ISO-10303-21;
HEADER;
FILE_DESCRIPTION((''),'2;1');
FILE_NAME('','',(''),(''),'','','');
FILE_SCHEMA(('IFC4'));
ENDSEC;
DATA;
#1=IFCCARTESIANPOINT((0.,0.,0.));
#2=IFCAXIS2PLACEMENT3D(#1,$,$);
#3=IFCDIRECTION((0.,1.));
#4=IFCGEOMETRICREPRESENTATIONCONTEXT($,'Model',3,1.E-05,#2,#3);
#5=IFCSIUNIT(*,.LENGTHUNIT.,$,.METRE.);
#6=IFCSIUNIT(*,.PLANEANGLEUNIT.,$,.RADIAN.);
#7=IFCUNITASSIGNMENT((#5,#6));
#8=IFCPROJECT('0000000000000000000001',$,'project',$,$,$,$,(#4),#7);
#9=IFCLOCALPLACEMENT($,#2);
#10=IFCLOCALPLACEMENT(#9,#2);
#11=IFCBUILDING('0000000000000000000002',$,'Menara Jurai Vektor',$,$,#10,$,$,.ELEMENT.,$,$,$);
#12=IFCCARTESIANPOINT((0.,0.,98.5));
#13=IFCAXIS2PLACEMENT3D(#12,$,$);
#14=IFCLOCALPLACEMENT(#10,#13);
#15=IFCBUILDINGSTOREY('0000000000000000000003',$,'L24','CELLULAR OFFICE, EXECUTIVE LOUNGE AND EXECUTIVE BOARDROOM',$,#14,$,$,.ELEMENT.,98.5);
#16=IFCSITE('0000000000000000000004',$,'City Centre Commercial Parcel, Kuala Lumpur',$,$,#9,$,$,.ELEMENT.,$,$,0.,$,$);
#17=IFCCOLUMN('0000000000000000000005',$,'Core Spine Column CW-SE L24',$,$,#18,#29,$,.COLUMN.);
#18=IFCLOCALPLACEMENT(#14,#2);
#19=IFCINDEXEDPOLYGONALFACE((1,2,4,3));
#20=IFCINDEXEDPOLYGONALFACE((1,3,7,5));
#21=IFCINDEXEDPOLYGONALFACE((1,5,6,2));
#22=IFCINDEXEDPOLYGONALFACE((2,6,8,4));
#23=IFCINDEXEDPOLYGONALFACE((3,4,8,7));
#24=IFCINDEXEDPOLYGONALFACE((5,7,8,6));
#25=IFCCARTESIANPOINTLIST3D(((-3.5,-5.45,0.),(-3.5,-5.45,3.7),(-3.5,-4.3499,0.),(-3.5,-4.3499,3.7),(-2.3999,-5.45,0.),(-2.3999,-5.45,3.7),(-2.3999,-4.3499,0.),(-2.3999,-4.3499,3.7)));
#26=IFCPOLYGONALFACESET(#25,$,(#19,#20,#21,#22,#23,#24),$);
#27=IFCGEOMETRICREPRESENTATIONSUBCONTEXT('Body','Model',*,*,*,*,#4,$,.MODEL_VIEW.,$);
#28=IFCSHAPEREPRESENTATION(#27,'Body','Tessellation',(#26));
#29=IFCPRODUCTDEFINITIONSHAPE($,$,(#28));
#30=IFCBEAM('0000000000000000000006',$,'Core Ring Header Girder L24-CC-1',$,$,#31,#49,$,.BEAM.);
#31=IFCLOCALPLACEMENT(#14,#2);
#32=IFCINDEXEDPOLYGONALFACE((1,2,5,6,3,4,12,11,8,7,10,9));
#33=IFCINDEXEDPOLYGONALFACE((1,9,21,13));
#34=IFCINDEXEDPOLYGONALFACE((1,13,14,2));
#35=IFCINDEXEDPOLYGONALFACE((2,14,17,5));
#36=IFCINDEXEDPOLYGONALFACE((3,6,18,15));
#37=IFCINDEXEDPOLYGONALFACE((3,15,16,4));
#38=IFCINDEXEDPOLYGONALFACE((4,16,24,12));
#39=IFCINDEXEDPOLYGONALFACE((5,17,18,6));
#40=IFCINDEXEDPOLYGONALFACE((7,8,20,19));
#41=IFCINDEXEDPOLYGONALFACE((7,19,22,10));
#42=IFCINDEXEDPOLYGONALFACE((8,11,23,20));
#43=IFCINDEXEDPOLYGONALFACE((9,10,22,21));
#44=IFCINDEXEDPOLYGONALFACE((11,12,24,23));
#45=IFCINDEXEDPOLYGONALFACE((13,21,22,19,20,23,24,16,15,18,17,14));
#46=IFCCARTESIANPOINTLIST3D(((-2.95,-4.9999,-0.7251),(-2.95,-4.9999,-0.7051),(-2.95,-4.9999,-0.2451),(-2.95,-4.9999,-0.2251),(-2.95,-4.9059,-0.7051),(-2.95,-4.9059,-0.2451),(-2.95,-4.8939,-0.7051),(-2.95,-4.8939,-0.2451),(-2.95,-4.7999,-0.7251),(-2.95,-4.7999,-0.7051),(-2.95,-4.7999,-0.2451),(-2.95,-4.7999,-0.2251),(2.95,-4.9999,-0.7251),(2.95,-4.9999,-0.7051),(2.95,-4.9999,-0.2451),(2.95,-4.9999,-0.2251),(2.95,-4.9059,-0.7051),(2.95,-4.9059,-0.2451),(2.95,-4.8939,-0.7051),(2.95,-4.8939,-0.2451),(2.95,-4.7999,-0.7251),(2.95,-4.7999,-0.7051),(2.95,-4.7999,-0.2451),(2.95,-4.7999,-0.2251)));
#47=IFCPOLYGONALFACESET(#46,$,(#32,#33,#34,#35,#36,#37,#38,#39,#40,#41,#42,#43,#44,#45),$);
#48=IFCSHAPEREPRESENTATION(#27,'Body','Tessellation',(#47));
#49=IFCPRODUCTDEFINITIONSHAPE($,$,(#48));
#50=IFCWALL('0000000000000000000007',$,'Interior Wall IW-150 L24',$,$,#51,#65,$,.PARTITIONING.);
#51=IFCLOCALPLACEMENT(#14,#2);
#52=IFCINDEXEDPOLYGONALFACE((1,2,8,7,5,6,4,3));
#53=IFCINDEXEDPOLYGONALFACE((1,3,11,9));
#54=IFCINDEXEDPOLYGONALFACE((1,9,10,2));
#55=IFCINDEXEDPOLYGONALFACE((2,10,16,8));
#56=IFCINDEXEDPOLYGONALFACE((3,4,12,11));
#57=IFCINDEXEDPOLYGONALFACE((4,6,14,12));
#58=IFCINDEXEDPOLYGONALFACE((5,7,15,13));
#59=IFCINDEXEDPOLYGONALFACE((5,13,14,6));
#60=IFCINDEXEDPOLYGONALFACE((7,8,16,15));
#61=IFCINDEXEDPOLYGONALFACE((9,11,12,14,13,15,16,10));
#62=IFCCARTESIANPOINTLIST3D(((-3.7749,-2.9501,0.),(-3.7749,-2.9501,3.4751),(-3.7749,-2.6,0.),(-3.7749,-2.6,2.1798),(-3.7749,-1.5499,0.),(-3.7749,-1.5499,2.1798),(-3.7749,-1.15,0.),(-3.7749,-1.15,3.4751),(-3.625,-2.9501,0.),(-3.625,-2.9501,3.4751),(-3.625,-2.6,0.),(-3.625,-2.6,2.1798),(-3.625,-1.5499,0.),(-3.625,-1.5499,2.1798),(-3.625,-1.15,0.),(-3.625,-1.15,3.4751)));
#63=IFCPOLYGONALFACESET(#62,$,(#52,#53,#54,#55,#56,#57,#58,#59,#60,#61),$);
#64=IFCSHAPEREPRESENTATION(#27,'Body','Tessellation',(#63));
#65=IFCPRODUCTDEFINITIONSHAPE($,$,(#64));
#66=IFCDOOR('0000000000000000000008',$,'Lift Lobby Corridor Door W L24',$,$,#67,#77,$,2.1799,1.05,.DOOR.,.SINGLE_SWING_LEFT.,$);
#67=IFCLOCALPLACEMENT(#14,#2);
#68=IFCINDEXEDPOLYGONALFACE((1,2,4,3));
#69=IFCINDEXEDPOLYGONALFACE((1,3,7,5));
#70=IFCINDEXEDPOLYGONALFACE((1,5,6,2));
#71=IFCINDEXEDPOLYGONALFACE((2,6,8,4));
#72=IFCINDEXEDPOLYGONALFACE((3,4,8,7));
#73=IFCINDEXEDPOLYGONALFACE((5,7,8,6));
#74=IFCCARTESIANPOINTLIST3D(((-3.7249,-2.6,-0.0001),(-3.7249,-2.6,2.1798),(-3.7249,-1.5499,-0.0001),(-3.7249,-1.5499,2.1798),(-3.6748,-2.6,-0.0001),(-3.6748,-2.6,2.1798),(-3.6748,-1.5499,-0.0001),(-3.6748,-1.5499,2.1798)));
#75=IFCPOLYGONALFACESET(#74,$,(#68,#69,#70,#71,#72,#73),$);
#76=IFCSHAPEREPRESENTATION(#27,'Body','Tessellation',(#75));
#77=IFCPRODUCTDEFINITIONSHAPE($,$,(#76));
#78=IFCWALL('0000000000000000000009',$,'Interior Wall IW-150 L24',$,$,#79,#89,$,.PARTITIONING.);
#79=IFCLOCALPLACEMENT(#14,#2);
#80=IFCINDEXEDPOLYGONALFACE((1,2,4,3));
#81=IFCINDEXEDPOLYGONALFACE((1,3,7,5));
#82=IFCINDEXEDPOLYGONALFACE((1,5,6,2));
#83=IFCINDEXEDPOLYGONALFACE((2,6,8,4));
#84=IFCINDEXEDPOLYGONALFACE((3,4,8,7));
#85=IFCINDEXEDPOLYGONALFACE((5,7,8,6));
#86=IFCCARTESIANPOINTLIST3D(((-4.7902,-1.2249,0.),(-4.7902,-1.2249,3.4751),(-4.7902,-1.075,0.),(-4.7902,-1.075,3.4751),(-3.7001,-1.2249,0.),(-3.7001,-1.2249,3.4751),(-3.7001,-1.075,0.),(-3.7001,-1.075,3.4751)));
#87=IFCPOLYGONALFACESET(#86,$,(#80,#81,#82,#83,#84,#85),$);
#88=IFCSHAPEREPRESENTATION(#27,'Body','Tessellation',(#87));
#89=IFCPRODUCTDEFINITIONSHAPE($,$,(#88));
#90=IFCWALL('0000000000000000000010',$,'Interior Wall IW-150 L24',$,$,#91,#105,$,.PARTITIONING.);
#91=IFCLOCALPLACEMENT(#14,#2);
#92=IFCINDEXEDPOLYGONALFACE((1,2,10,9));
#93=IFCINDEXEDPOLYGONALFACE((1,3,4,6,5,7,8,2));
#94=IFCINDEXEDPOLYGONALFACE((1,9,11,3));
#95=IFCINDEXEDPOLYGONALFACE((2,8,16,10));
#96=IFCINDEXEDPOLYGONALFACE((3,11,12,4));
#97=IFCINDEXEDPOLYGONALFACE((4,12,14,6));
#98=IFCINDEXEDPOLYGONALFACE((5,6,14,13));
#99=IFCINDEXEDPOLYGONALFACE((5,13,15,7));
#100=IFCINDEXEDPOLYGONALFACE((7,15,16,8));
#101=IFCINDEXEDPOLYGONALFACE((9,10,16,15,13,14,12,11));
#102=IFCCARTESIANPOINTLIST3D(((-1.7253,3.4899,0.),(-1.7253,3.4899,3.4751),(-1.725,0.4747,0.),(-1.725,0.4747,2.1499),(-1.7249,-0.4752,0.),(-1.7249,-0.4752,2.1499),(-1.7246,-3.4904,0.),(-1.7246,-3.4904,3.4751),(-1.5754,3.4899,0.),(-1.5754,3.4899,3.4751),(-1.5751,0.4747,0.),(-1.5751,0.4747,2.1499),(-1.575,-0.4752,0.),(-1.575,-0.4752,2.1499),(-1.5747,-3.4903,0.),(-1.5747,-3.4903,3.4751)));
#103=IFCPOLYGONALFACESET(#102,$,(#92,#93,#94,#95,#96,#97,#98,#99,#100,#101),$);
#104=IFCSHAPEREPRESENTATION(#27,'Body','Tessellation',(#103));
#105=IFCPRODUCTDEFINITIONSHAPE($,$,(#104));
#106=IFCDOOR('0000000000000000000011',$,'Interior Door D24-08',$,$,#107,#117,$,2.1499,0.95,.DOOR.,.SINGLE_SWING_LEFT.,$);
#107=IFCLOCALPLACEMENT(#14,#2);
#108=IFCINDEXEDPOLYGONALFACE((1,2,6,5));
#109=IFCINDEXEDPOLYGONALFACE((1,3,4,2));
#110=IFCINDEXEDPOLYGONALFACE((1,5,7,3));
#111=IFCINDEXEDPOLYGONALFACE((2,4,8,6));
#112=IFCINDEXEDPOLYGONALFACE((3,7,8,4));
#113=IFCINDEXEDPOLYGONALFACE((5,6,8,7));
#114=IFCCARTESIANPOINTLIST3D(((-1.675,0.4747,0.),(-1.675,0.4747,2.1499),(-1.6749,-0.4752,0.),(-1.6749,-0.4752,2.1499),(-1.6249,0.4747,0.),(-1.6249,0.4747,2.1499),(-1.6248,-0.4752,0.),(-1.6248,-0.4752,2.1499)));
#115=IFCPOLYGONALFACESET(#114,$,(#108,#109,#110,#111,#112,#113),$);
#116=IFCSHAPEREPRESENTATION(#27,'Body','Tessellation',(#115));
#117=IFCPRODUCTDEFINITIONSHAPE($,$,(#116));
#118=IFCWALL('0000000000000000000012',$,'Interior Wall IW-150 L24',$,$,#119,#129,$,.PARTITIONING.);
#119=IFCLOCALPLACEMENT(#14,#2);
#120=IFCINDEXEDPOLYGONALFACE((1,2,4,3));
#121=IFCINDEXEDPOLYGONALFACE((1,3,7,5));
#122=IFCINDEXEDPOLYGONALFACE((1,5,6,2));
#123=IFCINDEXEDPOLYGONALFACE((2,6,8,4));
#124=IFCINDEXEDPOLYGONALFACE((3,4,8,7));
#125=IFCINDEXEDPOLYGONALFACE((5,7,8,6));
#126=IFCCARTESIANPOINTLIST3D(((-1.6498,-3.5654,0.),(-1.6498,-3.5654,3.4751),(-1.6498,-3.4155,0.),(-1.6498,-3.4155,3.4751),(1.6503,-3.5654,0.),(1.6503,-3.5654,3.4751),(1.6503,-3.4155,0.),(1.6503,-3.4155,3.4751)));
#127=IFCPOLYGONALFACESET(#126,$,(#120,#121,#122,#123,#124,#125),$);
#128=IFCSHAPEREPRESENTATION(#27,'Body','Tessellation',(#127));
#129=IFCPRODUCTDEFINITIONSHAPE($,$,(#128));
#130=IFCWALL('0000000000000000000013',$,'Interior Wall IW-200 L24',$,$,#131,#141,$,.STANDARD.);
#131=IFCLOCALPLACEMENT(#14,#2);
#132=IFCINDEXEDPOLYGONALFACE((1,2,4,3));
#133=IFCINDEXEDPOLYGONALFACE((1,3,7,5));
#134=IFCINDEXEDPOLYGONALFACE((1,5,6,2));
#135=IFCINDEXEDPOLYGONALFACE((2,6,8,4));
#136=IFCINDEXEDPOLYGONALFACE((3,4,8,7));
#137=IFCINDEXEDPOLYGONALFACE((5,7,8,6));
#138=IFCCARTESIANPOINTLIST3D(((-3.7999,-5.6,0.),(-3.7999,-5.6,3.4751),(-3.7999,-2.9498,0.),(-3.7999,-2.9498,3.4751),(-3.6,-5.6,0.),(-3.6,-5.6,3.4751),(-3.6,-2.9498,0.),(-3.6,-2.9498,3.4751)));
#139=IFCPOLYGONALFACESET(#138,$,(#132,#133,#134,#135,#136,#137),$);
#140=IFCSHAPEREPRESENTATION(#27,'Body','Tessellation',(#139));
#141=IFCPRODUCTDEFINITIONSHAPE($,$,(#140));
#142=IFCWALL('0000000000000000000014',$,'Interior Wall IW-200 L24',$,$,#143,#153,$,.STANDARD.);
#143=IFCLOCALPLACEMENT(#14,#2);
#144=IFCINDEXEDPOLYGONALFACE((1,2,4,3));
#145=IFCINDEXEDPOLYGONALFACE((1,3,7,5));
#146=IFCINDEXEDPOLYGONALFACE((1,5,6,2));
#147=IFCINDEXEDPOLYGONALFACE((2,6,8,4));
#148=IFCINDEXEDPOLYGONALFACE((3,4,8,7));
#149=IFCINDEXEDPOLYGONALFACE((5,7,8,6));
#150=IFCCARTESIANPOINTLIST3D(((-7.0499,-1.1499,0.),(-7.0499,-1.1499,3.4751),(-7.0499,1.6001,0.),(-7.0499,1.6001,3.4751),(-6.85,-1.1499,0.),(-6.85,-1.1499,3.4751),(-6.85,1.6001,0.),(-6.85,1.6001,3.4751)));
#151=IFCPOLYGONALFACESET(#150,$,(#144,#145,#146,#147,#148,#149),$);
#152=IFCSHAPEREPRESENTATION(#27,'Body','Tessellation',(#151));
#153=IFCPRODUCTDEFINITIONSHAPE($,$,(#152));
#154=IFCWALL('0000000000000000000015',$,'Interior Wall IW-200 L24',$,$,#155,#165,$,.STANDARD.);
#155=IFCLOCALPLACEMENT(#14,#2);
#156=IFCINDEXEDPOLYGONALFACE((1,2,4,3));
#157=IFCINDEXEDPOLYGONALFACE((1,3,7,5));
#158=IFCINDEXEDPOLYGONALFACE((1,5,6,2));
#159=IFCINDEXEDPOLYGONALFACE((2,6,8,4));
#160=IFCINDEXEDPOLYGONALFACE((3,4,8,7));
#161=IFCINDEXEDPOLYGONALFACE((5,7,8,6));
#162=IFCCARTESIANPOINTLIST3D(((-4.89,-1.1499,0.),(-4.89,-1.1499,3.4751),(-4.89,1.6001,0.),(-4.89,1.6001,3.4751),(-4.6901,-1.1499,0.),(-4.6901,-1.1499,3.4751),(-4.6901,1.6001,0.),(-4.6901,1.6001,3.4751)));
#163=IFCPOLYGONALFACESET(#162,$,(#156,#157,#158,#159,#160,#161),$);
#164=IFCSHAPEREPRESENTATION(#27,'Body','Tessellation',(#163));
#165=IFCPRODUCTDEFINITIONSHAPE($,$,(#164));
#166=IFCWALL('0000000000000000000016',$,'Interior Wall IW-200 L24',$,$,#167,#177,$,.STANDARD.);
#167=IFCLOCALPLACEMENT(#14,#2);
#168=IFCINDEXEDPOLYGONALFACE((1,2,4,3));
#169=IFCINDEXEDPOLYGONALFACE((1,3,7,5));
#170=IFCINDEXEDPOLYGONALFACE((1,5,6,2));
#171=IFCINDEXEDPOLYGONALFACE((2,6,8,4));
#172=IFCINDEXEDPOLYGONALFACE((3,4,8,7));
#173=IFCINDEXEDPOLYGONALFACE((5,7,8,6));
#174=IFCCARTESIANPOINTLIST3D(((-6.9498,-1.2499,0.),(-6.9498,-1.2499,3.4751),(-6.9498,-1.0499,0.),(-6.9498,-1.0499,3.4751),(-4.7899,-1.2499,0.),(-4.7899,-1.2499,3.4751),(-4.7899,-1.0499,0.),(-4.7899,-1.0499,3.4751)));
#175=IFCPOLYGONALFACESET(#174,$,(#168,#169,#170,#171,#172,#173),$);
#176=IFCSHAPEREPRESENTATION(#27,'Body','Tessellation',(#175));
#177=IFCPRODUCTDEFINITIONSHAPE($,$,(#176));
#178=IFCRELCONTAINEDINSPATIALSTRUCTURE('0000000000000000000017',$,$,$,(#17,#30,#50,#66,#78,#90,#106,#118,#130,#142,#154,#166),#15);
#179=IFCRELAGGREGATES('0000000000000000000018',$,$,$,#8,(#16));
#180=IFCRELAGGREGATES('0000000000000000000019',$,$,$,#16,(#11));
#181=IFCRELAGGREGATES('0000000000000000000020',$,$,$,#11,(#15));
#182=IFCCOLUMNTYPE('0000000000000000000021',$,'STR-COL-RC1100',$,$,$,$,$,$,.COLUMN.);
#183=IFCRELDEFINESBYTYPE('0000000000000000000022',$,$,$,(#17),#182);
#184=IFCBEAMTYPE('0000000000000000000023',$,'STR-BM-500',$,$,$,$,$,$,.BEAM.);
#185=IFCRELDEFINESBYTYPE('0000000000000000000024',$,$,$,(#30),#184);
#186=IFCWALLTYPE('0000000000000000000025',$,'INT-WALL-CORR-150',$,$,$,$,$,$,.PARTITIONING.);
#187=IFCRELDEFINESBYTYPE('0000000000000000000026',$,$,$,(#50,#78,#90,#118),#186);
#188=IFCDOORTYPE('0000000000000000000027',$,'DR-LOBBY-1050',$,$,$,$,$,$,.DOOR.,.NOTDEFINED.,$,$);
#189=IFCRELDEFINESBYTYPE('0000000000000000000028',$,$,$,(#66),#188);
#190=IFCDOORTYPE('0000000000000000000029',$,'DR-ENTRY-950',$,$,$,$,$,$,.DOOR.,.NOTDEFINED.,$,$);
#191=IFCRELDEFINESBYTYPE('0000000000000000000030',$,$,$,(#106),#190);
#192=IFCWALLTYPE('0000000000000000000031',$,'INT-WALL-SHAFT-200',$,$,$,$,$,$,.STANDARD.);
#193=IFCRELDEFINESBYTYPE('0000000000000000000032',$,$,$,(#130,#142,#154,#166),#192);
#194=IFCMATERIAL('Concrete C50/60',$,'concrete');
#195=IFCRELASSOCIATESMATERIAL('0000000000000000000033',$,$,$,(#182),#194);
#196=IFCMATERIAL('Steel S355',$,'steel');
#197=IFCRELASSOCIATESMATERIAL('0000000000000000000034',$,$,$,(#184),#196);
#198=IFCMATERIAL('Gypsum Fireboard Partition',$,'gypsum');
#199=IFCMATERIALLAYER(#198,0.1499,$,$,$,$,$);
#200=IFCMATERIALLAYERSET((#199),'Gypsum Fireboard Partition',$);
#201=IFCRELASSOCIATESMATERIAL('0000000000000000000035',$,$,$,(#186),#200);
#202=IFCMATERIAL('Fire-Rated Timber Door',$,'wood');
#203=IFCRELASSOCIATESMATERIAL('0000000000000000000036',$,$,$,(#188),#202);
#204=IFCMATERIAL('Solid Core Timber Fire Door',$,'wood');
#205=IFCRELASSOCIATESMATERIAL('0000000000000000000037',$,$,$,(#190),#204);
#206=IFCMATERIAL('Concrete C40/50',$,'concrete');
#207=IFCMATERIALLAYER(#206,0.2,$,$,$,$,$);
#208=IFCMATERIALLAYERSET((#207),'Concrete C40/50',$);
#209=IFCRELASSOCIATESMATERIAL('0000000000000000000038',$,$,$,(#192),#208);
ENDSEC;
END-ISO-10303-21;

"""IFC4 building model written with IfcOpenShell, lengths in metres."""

from ifc_helpers import new_model, si_unit, direction, frame, frame_2d, origin, origin_2d, place, context, subcontext, project, spatial, rectangle, i_section, extrude, material, layer, layer_set, material_profile, profile_set, type_object, element, fill, save


model = new_model("IFC4")

# Units and contexts
model_context = context("Model", 3, precision=1e-05, world=origin(), true_north=direction((0.0, 1.0)))
body_context = subcontext(model_context, "Body", "Model", "MODEL_VIEW")
ifc_project = project(units=[si_unit("LENGTHUNIT", "METRE"), si_unit("PLANEANGLEUNIT", "RADIAN")], contexts=[model_context])

# Site, building, storey
site_placement = place(None, origin())
site = spatial("IfcSite", under=ifc_project, at=site_placement, Name="City Centre Commercial Parcel, Kuala Lumpur", CompositionType="ELEMENT", RefElevation=0.0)
building_placement = place(site_placement, origin())
building = spatial("IfcBuilding", under=site, at=building_placement, Name="Menara Jurai Vektor", CompositionType="ELEMENT")
storey_placement = place(building_placement, frame((0.0, 0.0, 98.5)))
storey = spatial("IfcBuildingStorey", under=building, at=storey_placement, Name="L24", Description="CELLULAR OFFICE, EXECUTIVE LOUNGE AND EXECUTIVE BOARDROOM", CompositionType="ELEMENT", Elevation=98.5)

# Column
ifc_material_1 = material(Name="Concrete C50/60", Category="concrete")
ifc_material_profile_1 = material_profile(ifc_material_1, rectangle(XDim=1.1001, YDim=1.1001, at=origin_2d()), Name="RC 1100x1100")
ifc_profile_set_1 = profile_set([ifc_material_profile_1], Name="Concrete C50/60")
column_type = type_object("IfcColumnType", Name="STR-COL-RC1100", PredefinedType="COLUMN", material=ifc_profile_set_1)
column_placement = place(storey_placement, frame((-2.95, -4.8999, 0.0), z_axis=(0.0, 0.0, 1.0), x_axis=(1.0, 0.0, 0.0)))
element("IfcColumn", 1, at=column_placement, inside=storey, type_object=column_type, Name="Core Spine Column CW-SE L24", PredefinedType="COLUMN", context=body_context, shape_type="SweptSolid", body=[
    extrude(rectangle(XDim=1.1001, YDim=1.1001, at=origin_2d()), origin(), (0.0, 0.0, 1.0), 3.7),
])

# Beam
ifc_material_2 = material(Name="Steel S355", Category="steel")
ifc_material_profile_2 = material_profile(ifc_material_2, i_section(OverallWidth=0.2, OverallDepth=0.5, WebThickness=0.012, FlangeThickness=0.02, at=origin_2d()), Name="PG 500x200x96")
ifc_profile_set_2 = profile_set([ifc_material_profile_2], Name="Steel S355")
beam_type = type_object("IfcBeamType", Name="STR-BM-500", PredefinedType="BEAM", material=ifc_profile_set_2)
beam_placement = place(storey_placement, frame((-2.95, -4.8999, -0.4751), z_axis=(1.0, 0.0, 0.0), x_axis=(0.0, 1.0, 0.0)))
element("IfcBeam", 2, at=beam_placement, inside=storey, type_object=beam_type, Name="Core Ring Header Girder L24-CC-1", PredefinedType="BEAM", context=body_context, shape_type="SweptSolid", body=[
    extrude(i_section(OverallWidth=0.2, OverallDepth=0.5, WebThickness=0.012, FlangeThickness=0.02, at=origin_2d()), origin(), (0.0, 0.0, 1.0), 5.8999),
])

# Wall, opening, door
ifc_material_3 = material(Name="Gypsum Fireboard Partition", Category="gypsum")
ifc_layer_1 = layer(ifc_material_3, 0.1499)
ifc_layer_set_1 = layer_set([ifc_layer_1], Name="Gypsum Fireboard Partition")
wall_type_1 = type_object("IfcWallType", Name="INT-WALL-CORR-150", PredefinedType="PARTITIONING", material=ifc_layer_set_1)
wall_1_placement = place(storey_placement, frame((-3.7, -2.95, 0.0), z_axis=(0.0, 0.0, 1.0), x_axis=(0.0, 1.0, 0.0)))
wall_1 = element("IfcWall", 3, at=wall_1_placement, inside=storey, type_object=wall_type_1, Name="Interior Wall IW-150 L24", PredefinedType="PARTITIONING", context=body_context, shape_type="SweptSolid", body=[
    extrude(rectangle(XDim=1.8, YDim=0.1499, at=frame_2d((0.8999, 0.0))), origin(), (0.0, 0.0, 1.0), 3.4751),
])
opening_1_placement = place(wall_1_placement, frame((0.3501, 0.0, 0.0)))
opening_1 = element("IfcOpeningElement", 4, at=opening_1_placement, cuts=wall_1, PredefinedType="OPENING", context=body_context, shape_type="SweptSolid", body=[
    extrude(rectangle(XDim=1.05, YDim=2.1799, at=frame_2d((0.5249, 1.0898))), frame((0.0, 0.085, 0.0), z_axis=(0.0, -1.0, 0.0), x_axis=(1.0, 0.0, 0.0)), (0.0, 0.0, 1.0), 0.1699),
])
ifc_material_4 = material(Name="Fire-Rated Timber Door", Category="wood")
door_type_1 = type_object("IfcDoorType", Name="DR-LOBBY-1050", OperationType="NOTDEFINED", PredefinedType="DOOR", material=ifc_material_4)
door_1_placement = place(opening_1_placement, origin())
door_1 = element("IfcDoor", 5, at=door_1_placement, inside=storey, type_object=door_type_1, Name="Lift Lobby Corridor Door W L24", OperationType="SINGLE_SWING_LEFT", OverallHeight=2.1799, OverallWidth=1.05, PredefinedType="DOOR", context=body_context, shape_type="SweptSolid", body=[
    extrude(rectangle(XDim=1.05, YDim=2.1799, at=frame_2d((0.5249, 1.0898))), frame((0.0, 0.0249, 0.0), z_axis=(0.0, -1.0, 0.0), x_axis=(1.0, 0.0, 0.0)), (0.0, 0.0, 1.0), 0.05),
])
fill(opening_1, door_1)

# Wall
wall_2_placement = place(storey_placement, frame((-4.79, -1.1499, 0.0), z_axis=(0.0, 0.0, 1.0), x_axis=(1.0, 0.0, 0.0)))
element("IfcWall", 6, at=wall_2_placement, inside=storey, type_object=wall_type_1, Name="Interior Wall IW-150 L24", PredefinedType="PARTITIONING", context=body_context, shape_type="SweptSolid", body=[
    extrude(rectangle(XDim=1.0901, YDim=0.1499, at=frame_2d((0.5449, 0.0))), origin(), (0.0, 0.0, 1.0), 3.4751),
])

# Wall, opening, door
wall_3_placement = place(storey_placement, frame((-1.6497, -3.4905, 0.0), z_axis=(0.0, 0.0, 1.0), x_axis=(-0.000105, 1.0, 0.0)))
wall_3 = element("IfcWall", 7, at=wall_3_placement, inside=storey, type_object=wall_type_1, Name="Interior Wall IW-150 L24", PredefinedType="PARTITIONING", context=body_context, shape_type="SweptSolid", body=[
    extrude(rectangle(XDim=6.9802, YDim=0.1499, at=frame_2d((3.4902, 0.0))), origin(), (0.0, 0.0, 1.0), 3.4751),
])
opening_2_placement = place(wall_3_placement, frame((3.0151, 0.0, 0.0)))
opening_2 = element("IfcOpeningElement", 8, at=opening_2_placement, cuts=wall_3, PredefinedType="OPENING", context=body_context, shape_type="SweptSolid", body=[
    extrude(rectangle(XDim=0.95, YDim=2.1499, at=frame_2d((0.4751, 1.075))), frame((0.0, 0.085, 0.0), z_axis=(0.0, -1.0, 0.0), x_axis=(1.0, 0.0, 0.0)), (0.0, 0.0, 1.0), 0.1699),
])
ifc_material_5 = material(Name="Solid Core Timber Fire Door", Category="wood")
door_type_2 = type_object("IfcDoorType", Name="DR-ENTRY-950", OperationType="NOTDEFINED", PredefinedType="DOOR", material=ifc_material_5)
door_2_placement = place(opening_2_placement, origin())
door_2 = element("IfcDoor", 9, at=door_2_placement, inside=storey, type_object=door_type_2, Name="Interior Door D24-08", OperationType="SINGLE_SWING_LEFT", OverallHeight=2.1499, OverallWidth=0.95, PredefinedType="DOOR", context=body_context, shape_type="SweptSolid", body=[
    extrude(rectangle(XDim=0.95, YDim=2.1499, at=frame_2d((0.4751, 1.075))), frame((0.0, 0.0249, 0.0), z_axis=(0.0, -1.0, 0.0), x_axis=(1.0, 0.0, 0.0)), (0.0, 0.0, 1.0), 0.05),
])
fill(opening_2, door_2)

# Wall
wall_4_placement = place(storey_placement, frame((-1.6497, -3.4905, 0.0), z_axis=(0.0, 0.0, 1.0), x_axis=(1.0, 0.0, 0.0)))
element("IfcWall", 10, at=wall_4_placement, inside=storey, type_object=wall_type_1, Name="Interior Wall IW-150 L24", PredefinedType="PARTITIONING", context=body_context, shape_type="SweptSolid", body=[
    extrude(rectangle(XDim=3.3, YDim=0.1499, at=frame_2d((1.6499, 0.0))), origin(), (0.0, 0.0, 1.0), 3.4751),
])

# Shared definitions
ifc_material_6 = material(Name="Concrete C40/50", Category="concrete")
ifc_layer_2 = layer(ifc_material_6, 0.2)
ifc_layer_set_2 = layer_set([ifc_layer_2], Name="Concrete C40/50")
wall_type_2 = type_object("IfcWallType", Name="INT-WALL-SHAFT-200", PredefinedType="STANDARD", material=ifc_layer_set_2)

# Walls
wall_5_placement = place(storey_placement, frame((-3.7, -5.6001, 0.0), z_axis=(0.0, 0.0, 1.0), x_axis=(0.0, 1.0, 0.0)))
element("IfcWall", 11, at=wall_5_placement, inside=storey, type_object=wall_type_2, Name="Interior Wall IW-200 L24", PredefinedType="STANDARD", context=body_context, shape_type="SweptSolid", body=[
    extrude(rectangle(XDim=2.6501, YDim=0.2, at=frame_2d((1.3252, 0.0))), origin(), (0.0, 0.0, 1.0), 3.4751),
])
for number, where, z_axis, x_axis, name in (
    (12, (-6.95, -1.1499, 0.0), (0.0, 0.0, 1.0), (0.0, 1.0, 0.0), "Interior Wall IW-200 L24"),
    (13, (-4.79, -1.1499, 0.0), (0.0, 0.0, 1.0), (0.0, 1.0, 0.0), "Interior Wall IW-200 L24"),
):
    element("IfcWall", number, at=place(storey_placement, frame(where, z_axis=z_axis, x_axis=x_axis)), inside=storey, type_object=wall_type_2, Name=name, PredefinedType="STANDARD", context=body_context, shape_type="SweptSolid", body=[
        extrude(rectangle(XDim=2.75, YDim=0.2, at=frame_2d((1.375, 0.0))), origin(), (0.0, 0.0, 1.0), 3.4751),
    ])
wall_6_placement = place(storey_placement, frame((-6.95, -1.1499, 0.0), z_axis=(0.0, 0.0, 1.0), x_axis=(1.0, 0.0, 0.0)))
element("IfcWall", 14, at=wall_6_placement, inside=storey, type_object=wall_type_2, Name="Interior Wall IW-200 L24", PredefinedType="STANDARD", context=body_context, shape_type="SweptSolid", body=[
    extrude(rectangle(XDim=2.1599, YDim=0.2, at=frame_2d((1.0801, 0.0))), origin(), (0.0, 0.0, 1.0), 3.4751),
])

save(model, "model.ifc")
